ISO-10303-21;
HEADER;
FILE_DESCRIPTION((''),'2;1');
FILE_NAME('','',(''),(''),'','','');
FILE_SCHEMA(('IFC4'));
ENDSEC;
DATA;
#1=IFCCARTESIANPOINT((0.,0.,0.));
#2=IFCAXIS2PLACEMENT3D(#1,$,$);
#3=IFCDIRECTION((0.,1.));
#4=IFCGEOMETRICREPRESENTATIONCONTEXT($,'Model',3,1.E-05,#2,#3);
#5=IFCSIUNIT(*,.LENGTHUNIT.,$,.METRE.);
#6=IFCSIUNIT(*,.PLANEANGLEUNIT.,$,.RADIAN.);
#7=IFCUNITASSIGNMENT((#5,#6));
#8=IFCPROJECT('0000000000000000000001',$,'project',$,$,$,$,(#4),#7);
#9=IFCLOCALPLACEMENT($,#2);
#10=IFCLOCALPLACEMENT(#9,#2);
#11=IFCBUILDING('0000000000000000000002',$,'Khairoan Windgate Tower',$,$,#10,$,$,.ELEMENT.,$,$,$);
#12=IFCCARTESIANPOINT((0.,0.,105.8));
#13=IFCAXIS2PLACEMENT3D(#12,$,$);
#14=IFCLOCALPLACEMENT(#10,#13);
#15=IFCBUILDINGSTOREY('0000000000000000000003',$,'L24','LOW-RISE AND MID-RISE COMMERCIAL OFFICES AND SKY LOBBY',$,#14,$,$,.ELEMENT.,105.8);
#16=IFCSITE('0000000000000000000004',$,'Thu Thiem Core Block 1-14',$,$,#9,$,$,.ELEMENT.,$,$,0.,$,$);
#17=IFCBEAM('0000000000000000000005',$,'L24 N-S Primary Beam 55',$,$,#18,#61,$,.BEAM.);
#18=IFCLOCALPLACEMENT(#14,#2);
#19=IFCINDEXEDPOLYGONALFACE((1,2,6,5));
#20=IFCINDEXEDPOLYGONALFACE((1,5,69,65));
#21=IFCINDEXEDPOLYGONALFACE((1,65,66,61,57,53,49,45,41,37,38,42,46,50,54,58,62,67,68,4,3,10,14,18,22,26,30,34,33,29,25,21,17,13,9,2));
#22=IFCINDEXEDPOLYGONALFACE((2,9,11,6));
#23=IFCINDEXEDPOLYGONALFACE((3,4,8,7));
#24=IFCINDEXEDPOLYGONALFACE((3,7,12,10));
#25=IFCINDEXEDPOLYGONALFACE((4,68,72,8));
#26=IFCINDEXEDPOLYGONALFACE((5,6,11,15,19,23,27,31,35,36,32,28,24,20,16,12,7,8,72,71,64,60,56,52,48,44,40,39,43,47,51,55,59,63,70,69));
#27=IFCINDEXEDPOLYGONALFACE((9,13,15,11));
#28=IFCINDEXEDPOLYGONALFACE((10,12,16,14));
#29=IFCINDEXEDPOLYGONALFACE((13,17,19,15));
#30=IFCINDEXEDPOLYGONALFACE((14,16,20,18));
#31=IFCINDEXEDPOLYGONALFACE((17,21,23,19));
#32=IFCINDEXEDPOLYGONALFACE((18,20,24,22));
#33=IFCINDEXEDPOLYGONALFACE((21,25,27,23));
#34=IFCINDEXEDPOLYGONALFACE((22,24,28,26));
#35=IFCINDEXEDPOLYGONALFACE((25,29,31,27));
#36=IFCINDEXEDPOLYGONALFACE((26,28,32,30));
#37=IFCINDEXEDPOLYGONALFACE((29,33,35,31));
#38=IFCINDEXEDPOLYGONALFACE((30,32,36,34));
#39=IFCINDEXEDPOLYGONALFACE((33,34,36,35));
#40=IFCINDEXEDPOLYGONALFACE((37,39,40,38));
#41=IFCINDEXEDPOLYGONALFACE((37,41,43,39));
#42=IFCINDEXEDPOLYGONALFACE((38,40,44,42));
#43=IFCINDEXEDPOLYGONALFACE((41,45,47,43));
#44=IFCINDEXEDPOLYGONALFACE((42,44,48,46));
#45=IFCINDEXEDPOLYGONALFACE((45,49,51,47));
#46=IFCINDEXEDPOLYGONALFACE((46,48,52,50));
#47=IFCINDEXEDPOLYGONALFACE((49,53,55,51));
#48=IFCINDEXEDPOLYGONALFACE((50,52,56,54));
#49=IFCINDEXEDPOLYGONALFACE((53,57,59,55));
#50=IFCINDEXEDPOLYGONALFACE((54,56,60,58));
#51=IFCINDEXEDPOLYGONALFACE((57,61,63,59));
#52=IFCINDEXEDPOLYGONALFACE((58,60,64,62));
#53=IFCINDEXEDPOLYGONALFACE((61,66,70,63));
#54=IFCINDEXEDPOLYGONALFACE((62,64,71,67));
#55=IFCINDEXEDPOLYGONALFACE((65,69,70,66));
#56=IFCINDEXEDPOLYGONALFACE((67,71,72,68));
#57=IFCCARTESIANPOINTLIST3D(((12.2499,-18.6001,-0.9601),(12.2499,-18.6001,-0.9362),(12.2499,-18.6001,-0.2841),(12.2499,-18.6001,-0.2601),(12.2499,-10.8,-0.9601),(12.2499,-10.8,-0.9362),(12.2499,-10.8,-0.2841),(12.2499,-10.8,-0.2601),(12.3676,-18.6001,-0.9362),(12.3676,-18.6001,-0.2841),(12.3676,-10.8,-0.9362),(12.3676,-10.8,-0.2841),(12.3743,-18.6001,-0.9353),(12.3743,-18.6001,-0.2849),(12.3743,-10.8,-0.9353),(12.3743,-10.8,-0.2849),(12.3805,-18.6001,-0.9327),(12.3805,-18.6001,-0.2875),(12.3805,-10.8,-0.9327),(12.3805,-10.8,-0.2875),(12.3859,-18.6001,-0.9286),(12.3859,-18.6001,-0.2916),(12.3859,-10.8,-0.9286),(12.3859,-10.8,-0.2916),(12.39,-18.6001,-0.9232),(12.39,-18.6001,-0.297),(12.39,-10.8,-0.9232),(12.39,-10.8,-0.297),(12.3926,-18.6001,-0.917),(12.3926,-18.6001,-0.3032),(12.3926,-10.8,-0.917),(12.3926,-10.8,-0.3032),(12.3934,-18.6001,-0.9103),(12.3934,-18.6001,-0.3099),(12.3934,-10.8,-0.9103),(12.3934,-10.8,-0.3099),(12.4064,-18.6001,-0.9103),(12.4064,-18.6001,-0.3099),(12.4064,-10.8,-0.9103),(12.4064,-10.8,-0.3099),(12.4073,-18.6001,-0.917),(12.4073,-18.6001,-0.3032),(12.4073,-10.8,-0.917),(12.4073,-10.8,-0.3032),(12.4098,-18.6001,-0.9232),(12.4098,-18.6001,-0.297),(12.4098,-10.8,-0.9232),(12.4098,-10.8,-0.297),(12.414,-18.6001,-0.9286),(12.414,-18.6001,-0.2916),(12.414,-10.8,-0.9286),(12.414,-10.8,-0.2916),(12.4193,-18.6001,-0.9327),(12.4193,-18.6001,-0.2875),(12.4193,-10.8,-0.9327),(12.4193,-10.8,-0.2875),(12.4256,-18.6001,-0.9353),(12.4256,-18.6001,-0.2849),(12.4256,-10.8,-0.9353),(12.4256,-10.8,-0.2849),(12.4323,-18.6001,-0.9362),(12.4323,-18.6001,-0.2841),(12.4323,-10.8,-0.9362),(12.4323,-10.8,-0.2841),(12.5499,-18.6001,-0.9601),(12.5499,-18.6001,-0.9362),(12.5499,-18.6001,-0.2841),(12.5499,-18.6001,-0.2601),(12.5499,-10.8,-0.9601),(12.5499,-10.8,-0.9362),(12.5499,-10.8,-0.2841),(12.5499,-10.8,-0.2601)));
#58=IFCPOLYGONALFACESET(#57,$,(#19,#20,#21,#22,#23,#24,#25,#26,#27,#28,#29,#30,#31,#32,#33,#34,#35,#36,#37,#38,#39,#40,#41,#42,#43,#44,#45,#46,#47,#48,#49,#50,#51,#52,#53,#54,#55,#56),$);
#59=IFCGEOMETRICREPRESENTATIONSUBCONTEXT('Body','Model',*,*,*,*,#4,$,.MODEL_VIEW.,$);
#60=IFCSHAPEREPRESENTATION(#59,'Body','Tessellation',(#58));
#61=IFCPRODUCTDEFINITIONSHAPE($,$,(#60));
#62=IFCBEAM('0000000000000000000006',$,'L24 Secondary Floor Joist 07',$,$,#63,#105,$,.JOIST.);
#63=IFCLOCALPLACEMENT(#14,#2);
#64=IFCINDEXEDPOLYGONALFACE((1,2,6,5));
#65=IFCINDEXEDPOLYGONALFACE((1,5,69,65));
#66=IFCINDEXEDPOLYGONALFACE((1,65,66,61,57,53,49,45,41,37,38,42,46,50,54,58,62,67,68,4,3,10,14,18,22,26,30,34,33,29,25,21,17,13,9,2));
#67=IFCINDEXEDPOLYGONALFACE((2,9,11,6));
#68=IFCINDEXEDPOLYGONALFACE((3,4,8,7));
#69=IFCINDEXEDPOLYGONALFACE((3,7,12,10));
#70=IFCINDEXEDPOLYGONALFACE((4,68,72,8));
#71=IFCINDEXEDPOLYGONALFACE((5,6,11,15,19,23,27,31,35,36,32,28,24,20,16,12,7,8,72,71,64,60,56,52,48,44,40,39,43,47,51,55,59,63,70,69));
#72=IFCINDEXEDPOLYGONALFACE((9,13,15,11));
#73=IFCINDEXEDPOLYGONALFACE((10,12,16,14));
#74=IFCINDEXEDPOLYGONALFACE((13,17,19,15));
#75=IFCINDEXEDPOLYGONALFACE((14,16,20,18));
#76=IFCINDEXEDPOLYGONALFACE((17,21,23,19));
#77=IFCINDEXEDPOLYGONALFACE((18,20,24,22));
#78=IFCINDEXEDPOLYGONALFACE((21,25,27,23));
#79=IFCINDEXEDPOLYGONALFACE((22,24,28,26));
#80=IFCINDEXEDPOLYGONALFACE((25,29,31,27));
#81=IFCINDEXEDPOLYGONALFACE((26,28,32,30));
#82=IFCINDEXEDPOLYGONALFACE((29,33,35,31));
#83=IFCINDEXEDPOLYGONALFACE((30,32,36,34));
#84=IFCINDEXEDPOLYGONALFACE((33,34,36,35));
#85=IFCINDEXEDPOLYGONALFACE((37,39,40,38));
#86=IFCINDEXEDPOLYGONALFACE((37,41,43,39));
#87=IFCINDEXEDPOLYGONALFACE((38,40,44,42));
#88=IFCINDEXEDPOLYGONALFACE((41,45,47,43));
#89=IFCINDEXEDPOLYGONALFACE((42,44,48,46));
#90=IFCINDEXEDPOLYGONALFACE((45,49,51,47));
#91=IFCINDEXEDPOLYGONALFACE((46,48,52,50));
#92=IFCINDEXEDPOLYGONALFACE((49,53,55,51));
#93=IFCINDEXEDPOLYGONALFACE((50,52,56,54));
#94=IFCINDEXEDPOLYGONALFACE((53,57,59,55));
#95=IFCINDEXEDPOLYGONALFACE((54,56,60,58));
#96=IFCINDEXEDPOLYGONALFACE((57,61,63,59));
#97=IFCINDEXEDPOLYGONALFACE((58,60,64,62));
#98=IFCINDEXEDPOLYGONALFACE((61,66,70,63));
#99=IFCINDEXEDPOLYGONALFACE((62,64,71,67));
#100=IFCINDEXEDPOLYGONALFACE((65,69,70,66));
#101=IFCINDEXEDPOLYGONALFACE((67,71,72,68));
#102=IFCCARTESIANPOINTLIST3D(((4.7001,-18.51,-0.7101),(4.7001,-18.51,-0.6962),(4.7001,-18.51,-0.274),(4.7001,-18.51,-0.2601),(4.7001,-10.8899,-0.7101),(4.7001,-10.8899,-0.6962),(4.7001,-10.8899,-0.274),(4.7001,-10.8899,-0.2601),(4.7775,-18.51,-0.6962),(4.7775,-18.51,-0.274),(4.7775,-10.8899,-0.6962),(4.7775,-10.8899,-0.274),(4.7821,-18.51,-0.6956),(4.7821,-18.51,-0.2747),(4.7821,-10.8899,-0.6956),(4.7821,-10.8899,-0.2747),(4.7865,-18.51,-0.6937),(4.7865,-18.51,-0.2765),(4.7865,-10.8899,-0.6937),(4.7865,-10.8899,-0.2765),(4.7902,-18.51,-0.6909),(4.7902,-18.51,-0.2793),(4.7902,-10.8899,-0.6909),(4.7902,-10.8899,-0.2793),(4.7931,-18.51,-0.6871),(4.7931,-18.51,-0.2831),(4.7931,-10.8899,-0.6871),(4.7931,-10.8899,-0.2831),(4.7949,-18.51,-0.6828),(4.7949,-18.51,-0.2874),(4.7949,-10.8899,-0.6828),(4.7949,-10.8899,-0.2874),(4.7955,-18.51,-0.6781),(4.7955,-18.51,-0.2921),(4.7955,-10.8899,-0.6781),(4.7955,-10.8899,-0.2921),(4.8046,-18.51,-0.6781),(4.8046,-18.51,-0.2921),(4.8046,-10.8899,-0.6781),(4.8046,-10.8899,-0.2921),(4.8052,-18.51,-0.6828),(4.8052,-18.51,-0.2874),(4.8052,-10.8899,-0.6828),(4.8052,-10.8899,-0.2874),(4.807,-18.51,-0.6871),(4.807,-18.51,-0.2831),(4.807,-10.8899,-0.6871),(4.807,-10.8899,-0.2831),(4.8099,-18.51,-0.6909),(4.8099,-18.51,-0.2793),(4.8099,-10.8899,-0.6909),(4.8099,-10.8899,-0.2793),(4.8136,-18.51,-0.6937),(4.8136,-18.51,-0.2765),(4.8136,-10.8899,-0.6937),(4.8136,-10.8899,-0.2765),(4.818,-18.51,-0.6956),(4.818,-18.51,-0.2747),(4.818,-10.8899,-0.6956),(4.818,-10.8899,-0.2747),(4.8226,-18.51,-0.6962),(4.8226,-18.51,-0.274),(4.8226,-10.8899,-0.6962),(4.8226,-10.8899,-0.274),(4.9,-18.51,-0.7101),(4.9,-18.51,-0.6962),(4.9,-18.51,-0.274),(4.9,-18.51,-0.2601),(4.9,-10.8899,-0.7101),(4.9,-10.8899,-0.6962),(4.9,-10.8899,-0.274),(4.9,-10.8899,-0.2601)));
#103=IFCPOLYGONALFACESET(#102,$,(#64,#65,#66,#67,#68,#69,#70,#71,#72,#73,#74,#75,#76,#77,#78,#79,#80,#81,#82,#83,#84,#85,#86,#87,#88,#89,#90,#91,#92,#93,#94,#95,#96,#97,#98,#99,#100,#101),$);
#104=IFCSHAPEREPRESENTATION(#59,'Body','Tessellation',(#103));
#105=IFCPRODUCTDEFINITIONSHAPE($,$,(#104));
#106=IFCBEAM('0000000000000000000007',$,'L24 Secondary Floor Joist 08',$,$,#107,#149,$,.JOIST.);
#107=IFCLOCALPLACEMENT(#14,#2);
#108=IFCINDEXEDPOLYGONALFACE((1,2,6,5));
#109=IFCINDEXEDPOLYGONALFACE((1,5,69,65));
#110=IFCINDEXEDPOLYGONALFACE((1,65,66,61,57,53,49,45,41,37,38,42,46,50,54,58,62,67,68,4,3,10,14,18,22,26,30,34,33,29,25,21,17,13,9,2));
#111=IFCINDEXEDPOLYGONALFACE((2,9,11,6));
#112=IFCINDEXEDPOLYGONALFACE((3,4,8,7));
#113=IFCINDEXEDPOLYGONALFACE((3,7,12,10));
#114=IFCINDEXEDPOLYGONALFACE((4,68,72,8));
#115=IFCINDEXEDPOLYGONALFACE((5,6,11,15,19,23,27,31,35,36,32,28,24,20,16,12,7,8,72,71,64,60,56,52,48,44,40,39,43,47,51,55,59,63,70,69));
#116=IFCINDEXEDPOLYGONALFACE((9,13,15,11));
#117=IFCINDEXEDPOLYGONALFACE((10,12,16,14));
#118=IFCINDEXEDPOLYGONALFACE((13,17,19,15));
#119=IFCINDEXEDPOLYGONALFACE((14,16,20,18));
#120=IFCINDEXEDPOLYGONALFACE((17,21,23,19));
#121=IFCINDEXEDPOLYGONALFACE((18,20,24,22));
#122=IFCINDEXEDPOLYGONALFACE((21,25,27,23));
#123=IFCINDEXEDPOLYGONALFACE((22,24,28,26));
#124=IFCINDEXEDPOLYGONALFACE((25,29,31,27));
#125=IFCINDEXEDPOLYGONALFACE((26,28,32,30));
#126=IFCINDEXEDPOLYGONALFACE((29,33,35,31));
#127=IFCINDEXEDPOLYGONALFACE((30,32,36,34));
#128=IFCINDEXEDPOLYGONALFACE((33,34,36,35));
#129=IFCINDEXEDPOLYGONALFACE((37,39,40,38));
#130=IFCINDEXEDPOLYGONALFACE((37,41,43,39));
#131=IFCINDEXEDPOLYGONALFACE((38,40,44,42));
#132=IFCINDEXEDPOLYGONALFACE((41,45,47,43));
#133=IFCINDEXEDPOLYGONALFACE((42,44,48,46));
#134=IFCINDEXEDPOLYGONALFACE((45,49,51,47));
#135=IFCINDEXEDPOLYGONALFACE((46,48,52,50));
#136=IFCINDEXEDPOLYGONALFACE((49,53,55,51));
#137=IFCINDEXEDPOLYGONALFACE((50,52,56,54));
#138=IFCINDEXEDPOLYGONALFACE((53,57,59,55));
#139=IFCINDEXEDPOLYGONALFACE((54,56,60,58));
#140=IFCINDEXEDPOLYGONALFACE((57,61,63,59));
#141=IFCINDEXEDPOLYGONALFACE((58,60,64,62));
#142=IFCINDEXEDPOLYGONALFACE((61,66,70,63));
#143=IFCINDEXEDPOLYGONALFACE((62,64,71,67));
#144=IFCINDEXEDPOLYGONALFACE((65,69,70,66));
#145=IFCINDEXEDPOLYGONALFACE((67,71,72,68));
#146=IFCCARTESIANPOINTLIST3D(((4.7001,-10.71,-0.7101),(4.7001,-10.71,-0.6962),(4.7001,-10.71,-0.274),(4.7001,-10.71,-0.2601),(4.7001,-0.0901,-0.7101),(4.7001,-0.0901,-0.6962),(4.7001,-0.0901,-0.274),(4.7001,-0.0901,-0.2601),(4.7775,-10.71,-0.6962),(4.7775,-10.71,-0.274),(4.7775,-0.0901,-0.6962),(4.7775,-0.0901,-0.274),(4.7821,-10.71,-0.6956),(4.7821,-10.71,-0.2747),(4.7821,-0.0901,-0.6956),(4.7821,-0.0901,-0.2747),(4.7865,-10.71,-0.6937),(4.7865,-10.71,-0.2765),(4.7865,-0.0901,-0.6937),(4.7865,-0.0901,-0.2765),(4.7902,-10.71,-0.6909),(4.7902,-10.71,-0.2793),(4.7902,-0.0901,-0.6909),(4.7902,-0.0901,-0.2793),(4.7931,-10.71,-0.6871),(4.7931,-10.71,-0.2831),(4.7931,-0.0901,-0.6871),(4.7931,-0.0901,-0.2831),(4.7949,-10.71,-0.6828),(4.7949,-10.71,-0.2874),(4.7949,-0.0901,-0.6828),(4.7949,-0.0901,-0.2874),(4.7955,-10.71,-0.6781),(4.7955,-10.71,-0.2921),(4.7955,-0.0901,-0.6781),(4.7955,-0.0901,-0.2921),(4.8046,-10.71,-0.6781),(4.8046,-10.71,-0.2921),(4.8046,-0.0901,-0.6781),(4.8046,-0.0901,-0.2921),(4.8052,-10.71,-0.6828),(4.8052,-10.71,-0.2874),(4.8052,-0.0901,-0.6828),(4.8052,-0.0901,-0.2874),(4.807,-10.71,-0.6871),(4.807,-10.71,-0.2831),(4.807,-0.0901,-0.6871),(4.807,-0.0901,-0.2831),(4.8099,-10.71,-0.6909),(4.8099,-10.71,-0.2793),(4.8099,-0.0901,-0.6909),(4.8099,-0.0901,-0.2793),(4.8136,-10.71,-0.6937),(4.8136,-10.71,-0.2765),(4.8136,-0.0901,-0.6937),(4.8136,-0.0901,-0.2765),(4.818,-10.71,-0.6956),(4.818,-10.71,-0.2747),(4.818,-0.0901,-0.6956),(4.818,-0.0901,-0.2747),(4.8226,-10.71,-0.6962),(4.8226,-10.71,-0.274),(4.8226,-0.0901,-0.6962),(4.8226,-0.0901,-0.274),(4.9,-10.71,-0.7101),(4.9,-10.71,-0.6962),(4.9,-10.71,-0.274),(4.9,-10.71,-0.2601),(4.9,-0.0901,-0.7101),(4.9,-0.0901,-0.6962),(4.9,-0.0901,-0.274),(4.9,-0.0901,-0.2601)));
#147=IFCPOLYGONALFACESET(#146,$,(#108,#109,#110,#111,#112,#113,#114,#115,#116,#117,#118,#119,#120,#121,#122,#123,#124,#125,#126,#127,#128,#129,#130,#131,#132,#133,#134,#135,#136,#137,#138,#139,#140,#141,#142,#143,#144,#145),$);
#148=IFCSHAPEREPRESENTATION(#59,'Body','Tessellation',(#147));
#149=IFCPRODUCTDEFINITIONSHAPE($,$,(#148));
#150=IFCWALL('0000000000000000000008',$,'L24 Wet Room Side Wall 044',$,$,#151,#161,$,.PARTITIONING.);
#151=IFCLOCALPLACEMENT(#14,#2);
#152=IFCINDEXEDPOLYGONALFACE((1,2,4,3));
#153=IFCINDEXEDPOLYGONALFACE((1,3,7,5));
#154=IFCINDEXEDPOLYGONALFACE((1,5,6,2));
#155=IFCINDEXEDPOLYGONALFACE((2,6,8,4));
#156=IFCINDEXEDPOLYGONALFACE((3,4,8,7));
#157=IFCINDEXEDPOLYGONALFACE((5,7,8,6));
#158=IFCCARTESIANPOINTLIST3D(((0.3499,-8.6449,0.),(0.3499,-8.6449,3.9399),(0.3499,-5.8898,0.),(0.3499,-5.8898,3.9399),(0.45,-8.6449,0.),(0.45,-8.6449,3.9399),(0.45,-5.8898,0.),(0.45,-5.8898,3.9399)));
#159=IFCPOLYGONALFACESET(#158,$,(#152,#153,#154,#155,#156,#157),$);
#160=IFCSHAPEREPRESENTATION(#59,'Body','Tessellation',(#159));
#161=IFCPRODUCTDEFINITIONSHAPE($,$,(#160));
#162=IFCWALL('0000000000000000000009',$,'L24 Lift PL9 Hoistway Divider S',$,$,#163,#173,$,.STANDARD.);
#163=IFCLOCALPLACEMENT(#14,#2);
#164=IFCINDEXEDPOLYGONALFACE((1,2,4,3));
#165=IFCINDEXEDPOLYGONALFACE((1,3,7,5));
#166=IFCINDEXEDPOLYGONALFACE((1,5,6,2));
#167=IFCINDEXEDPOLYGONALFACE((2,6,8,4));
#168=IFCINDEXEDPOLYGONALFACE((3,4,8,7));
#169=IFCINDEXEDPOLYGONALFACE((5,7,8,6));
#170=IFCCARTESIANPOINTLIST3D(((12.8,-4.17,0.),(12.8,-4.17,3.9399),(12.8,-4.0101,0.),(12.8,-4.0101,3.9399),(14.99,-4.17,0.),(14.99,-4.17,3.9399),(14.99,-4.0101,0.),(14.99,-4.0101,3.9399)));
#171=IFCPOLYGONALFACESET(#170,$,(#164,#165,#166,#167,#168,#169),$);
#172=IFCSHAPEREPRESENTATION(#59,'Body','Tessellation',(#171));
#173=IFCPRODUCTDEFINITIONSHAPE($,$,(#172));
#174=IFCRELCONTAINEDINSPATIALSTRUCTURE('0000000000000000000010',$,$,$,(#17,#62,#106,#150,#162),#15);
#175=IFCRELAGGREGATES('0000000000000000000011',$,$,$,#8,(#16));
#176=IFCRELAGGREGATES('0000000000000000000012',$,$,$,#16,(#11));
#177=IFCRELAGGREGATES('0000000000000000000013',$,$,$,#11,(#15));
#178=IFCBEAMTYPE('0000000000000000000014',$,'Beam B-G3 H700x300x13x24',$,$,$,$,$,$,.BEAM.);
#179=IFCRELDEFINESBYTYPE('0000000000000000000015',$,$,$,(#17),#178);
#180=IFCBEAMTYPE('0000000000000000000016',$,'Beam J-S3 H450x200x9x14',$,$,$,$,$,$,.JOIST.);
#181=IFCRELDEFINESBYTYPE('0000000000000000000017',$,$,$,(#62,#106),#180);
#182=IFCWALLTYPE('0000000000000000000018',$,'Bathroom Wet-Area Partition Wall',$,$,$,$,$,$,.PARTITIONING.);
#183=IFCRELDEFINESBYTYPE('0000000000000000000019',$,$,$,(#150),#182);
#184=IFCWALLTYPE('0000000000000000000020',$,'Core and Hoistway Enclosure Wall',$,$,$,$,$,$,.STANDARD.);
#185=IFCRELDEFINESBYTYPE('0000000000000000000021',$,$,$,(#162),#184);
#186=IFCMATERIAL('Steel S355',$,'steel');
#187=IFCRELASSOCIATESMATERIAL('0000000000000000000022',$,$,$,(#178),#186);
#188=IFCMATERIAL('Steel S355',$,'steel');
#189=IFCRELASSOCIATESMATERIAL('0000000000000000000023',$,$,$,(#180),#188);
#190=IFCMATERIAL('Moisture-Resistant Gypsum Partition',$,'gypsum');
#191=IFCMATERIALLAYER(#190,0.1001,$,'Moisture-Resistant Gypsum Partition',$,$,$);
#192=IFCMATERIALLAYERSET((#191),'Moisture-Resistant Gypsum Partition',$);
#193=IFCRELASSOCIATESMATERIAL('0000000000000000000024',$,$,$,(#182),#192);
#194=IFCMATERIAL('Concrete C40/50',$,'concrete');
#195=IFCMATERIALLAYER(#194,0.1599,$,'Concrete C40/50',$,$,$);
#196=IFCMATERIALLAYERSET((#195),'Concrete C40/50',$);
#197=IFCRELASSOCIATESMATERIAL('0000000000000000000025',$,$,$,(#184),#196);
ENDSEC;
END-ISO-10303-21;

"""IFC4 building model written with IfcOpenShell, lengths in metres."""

from ifc_helpers import new_model, si_unit, direction, frame, frame_2d, origin, origin_2d, place, context, subcontext, project, spatial, rectangle, i_section, extrude, material, layer, layer_set, material_profile, profile_set, type_object, element, save


model = new_model("IFC4")

# Units and contexts
model_context = context("Model", 3, precision=1e-05, world=origin(), true_north=direction((0.0, 1.0)))
body_context = subcontext(model_context, "Body", "Model", "MODEL_VIEW")
ifc_project = project(units=[si_unit("LENGTHUNIT", "METRE"), si_unit("PLANEANGLEUNIT", "RADIAN")], contexts=[model_context])

# Site, building, storey
site_placement = place(None, origin())
site = spatial("IfcSite", under=ifc_project, at=site_placement, Name="Thu Thiem Core Block 1-14", CompositionType="ELEMENT", RefElevation=0.0)
building_placement = place(site_placement, origin())
building = spatial("IfcBuilding", under=site, at=building_placement, Name="Khairoan Windgate Tower", CompositionType="ELEMENT")
storey_placement = place(building_placement, frame((0.0, 0.0, 105.8)))
storey = spatial("IfcBuildingStorey", under=building, at=storey_placement, Name="L24", Description="LOW-RISE AND MID-RISE COMMERCIAL OFFICES AND SKY LOBBY", CompositionType="ELEMENT", Elevation=105.8)

# Beams
ifc_material_1 = material(Name="Steel S355", Category="steel")
ifc_material_profile_1 = material_profile(ifc_material_1, i_section(OverallWidth=0.3, OverallDepth=0.7, WebThickness=0.0129, FlangeThickness=0.0239, FilletRadius=0.0259, at=origin_2d()))
ifc_profile_set_1 = profile_set([ifc_material_profile_1], Name="Steel S355")
beam_type_1 = type_object("IfcBeamType", Name="Beam B-G3 H700x300x13x24", PredefinedType="BEAM", material=ifc_profile_set_1)
beam_1_placement = place(storey_placement, frame((12.3999, -18.6001, -0.6101), z_axis=(0.0, 1.0, 0.0), x_axis=(-1.0, 0.0, 0.0)))
element("IfcBeam", 1, at=beam_1_placement, inside=storey, type_object=beam_type_1, Name="L24 N-S Primary Beam 55", PredefinedType="BEAM", context=body_context, shape_type="SweptSolid", body=[
    extrude(i_section(OverallWidth=0.3, OverallDepth=0.7, WebThickness=0.0129, FlangeThickness=0.0239, FilletRadius=0.0259, at=origin_2d()), origin(), (0.0, 0.0, 1.0), 7.8),
])
ifc_material_2 = material(Name="Steel S355", Category="steel")
ifc_material_profile_2 = material_profile(ifc_material_2, i_section(OverallWidth=0.2, OverallDepth=0.45, WebThickness=0.009, FlangeThickness=0.0139, FilletRadius=0.0181, at=origin_2d()))
ifc_profile_set_2 = profile_set([ifc_material_profile_2], Name="Steel S355")
beam_type_2 = type_object("IfcBeamType", Name="Beam J-S3 H450x200x9x14", PredefinedType="JOIST", material=ifc_profile_set_2)
beam_2_placement = place(storey_placement, frame((4.8, -18.51, -0.4851), z_axis=(0.0, 1.0, 0.0), x_axis=(-1.0, 0.0, 0.0)))
element("IfcBeam", 2, at=beam_2_placement, inside=storey, type_object=beam_type_2, Name="L24 Secondary Floor Joist 07", PredefinedType="JOIST", context=body_context, shape_type="SweptSolid", body=[
    extrude(i_section(OverallWidth=0.2, OverallDepth=0.45, WebThickness=0.009, FlangeThickness=0.0139, FilletRadius=0.0181, at=origin_2d()), origin(), (0.0, 0.0, 1.0), 7.6201),
])
beam_3_placement = place(storey_placement, frame((4.8, -10.71, -0.4851), z_axis=(0.0, 1.0, 0.0), x_axis=(-1.0, 0.0, 0.0)))
element("IfcBeam", 3, at=beam_3_placement, inside=storey, type_object=beam_type_2, Name="L24 Secondary Floor Joist 08", PredefinedType="JOIST", context=body_context, shape_type="SweptSolid", body=[
    extrude(i_section(OverallWidth=0.2, OverallDepth=0.45, WebThickness=0.009, FlangeThickness=0.0139, FilletRadius=0.0181, at=origin_2d()), origin(), (0.0, 0.0, 1.0), 10.6199),
])

# Walls
ifc_material_3 = material(Name="Moisture-Resistant Gypsum Partition", Category="gypsum")
ifc_layer_1 = layer(ifc_material_3, 0.1001, Name="Moisture-Resistant Gypsum Partition")
ifc_layer_set_1 = layer_set([ifc_layer_1], Name="Moisture-Resistant Gypsum Partition")
wall_type_1 = type_object("IfcWallType", Name="Bathroom Wet-Area Partition Wall", PredefinedType="PARTITIONING", material=ifc_layer_set_1)
wall_1_placement = place(storey_placement, frame((0.3999, -5.8899, 0.0), z_axis=(0.0, 0.0, 1.0), x_axis=(0.0, -1.0, 0.0)))
element("IfcWall", 4, at=wall_1_placement, inside=storey, type_object=wall_type_1, Name="L24 Wet Room Side Wall 044", PredefinedType="PARTITIONING", context=body_context, shape_type="SweptSolid", body=[
    extrude(rectangle(XDim=2.7551, YDim=0.1001, at=frame_2d((1.3774, 0.0))), origin(), (0.0, 0.0, 1.0), 3.9399),
])
ifc_material_4 = material(Name="Concrete C40/50", Category="concrete")
ifc_layer_2 = layer(ifc_material_4, 0.1599, Name="Concrete C40/50")
ifc_layer_set_2 = layer_set([ifc_layer_2], Name="Concrete C40/50")
wall_type_2 = type_object("IfcWallType", Name="Core and Hoistway Enclosure Wall", PredefinedType="STANDARD", material=ifc_layer_set_2)
wall_2_placement = place(storey_placement, frame((12.8, -4.0901, 0.0), z_axis=(0.0, 0.0, 1.0), x_axis=(1.0, 0.0, 0.0)))
element("IfcWall", 5, at=wall_2_placement, inside=storey, type_object=wall_type_2, Name="L24 Lift PL9 Hoistway Divider S", PredefinedType="STANDARD", context=body_context, shape_type="SweptSolid", body=[
    extrude(rectangle(XDim=2.1899, YDim=0.1599, at=frame_2d((1.095, 0.0))), origin(), (0.0, 0.0, 1.0), 3.9399),
])

save(model, "model.ifc")
